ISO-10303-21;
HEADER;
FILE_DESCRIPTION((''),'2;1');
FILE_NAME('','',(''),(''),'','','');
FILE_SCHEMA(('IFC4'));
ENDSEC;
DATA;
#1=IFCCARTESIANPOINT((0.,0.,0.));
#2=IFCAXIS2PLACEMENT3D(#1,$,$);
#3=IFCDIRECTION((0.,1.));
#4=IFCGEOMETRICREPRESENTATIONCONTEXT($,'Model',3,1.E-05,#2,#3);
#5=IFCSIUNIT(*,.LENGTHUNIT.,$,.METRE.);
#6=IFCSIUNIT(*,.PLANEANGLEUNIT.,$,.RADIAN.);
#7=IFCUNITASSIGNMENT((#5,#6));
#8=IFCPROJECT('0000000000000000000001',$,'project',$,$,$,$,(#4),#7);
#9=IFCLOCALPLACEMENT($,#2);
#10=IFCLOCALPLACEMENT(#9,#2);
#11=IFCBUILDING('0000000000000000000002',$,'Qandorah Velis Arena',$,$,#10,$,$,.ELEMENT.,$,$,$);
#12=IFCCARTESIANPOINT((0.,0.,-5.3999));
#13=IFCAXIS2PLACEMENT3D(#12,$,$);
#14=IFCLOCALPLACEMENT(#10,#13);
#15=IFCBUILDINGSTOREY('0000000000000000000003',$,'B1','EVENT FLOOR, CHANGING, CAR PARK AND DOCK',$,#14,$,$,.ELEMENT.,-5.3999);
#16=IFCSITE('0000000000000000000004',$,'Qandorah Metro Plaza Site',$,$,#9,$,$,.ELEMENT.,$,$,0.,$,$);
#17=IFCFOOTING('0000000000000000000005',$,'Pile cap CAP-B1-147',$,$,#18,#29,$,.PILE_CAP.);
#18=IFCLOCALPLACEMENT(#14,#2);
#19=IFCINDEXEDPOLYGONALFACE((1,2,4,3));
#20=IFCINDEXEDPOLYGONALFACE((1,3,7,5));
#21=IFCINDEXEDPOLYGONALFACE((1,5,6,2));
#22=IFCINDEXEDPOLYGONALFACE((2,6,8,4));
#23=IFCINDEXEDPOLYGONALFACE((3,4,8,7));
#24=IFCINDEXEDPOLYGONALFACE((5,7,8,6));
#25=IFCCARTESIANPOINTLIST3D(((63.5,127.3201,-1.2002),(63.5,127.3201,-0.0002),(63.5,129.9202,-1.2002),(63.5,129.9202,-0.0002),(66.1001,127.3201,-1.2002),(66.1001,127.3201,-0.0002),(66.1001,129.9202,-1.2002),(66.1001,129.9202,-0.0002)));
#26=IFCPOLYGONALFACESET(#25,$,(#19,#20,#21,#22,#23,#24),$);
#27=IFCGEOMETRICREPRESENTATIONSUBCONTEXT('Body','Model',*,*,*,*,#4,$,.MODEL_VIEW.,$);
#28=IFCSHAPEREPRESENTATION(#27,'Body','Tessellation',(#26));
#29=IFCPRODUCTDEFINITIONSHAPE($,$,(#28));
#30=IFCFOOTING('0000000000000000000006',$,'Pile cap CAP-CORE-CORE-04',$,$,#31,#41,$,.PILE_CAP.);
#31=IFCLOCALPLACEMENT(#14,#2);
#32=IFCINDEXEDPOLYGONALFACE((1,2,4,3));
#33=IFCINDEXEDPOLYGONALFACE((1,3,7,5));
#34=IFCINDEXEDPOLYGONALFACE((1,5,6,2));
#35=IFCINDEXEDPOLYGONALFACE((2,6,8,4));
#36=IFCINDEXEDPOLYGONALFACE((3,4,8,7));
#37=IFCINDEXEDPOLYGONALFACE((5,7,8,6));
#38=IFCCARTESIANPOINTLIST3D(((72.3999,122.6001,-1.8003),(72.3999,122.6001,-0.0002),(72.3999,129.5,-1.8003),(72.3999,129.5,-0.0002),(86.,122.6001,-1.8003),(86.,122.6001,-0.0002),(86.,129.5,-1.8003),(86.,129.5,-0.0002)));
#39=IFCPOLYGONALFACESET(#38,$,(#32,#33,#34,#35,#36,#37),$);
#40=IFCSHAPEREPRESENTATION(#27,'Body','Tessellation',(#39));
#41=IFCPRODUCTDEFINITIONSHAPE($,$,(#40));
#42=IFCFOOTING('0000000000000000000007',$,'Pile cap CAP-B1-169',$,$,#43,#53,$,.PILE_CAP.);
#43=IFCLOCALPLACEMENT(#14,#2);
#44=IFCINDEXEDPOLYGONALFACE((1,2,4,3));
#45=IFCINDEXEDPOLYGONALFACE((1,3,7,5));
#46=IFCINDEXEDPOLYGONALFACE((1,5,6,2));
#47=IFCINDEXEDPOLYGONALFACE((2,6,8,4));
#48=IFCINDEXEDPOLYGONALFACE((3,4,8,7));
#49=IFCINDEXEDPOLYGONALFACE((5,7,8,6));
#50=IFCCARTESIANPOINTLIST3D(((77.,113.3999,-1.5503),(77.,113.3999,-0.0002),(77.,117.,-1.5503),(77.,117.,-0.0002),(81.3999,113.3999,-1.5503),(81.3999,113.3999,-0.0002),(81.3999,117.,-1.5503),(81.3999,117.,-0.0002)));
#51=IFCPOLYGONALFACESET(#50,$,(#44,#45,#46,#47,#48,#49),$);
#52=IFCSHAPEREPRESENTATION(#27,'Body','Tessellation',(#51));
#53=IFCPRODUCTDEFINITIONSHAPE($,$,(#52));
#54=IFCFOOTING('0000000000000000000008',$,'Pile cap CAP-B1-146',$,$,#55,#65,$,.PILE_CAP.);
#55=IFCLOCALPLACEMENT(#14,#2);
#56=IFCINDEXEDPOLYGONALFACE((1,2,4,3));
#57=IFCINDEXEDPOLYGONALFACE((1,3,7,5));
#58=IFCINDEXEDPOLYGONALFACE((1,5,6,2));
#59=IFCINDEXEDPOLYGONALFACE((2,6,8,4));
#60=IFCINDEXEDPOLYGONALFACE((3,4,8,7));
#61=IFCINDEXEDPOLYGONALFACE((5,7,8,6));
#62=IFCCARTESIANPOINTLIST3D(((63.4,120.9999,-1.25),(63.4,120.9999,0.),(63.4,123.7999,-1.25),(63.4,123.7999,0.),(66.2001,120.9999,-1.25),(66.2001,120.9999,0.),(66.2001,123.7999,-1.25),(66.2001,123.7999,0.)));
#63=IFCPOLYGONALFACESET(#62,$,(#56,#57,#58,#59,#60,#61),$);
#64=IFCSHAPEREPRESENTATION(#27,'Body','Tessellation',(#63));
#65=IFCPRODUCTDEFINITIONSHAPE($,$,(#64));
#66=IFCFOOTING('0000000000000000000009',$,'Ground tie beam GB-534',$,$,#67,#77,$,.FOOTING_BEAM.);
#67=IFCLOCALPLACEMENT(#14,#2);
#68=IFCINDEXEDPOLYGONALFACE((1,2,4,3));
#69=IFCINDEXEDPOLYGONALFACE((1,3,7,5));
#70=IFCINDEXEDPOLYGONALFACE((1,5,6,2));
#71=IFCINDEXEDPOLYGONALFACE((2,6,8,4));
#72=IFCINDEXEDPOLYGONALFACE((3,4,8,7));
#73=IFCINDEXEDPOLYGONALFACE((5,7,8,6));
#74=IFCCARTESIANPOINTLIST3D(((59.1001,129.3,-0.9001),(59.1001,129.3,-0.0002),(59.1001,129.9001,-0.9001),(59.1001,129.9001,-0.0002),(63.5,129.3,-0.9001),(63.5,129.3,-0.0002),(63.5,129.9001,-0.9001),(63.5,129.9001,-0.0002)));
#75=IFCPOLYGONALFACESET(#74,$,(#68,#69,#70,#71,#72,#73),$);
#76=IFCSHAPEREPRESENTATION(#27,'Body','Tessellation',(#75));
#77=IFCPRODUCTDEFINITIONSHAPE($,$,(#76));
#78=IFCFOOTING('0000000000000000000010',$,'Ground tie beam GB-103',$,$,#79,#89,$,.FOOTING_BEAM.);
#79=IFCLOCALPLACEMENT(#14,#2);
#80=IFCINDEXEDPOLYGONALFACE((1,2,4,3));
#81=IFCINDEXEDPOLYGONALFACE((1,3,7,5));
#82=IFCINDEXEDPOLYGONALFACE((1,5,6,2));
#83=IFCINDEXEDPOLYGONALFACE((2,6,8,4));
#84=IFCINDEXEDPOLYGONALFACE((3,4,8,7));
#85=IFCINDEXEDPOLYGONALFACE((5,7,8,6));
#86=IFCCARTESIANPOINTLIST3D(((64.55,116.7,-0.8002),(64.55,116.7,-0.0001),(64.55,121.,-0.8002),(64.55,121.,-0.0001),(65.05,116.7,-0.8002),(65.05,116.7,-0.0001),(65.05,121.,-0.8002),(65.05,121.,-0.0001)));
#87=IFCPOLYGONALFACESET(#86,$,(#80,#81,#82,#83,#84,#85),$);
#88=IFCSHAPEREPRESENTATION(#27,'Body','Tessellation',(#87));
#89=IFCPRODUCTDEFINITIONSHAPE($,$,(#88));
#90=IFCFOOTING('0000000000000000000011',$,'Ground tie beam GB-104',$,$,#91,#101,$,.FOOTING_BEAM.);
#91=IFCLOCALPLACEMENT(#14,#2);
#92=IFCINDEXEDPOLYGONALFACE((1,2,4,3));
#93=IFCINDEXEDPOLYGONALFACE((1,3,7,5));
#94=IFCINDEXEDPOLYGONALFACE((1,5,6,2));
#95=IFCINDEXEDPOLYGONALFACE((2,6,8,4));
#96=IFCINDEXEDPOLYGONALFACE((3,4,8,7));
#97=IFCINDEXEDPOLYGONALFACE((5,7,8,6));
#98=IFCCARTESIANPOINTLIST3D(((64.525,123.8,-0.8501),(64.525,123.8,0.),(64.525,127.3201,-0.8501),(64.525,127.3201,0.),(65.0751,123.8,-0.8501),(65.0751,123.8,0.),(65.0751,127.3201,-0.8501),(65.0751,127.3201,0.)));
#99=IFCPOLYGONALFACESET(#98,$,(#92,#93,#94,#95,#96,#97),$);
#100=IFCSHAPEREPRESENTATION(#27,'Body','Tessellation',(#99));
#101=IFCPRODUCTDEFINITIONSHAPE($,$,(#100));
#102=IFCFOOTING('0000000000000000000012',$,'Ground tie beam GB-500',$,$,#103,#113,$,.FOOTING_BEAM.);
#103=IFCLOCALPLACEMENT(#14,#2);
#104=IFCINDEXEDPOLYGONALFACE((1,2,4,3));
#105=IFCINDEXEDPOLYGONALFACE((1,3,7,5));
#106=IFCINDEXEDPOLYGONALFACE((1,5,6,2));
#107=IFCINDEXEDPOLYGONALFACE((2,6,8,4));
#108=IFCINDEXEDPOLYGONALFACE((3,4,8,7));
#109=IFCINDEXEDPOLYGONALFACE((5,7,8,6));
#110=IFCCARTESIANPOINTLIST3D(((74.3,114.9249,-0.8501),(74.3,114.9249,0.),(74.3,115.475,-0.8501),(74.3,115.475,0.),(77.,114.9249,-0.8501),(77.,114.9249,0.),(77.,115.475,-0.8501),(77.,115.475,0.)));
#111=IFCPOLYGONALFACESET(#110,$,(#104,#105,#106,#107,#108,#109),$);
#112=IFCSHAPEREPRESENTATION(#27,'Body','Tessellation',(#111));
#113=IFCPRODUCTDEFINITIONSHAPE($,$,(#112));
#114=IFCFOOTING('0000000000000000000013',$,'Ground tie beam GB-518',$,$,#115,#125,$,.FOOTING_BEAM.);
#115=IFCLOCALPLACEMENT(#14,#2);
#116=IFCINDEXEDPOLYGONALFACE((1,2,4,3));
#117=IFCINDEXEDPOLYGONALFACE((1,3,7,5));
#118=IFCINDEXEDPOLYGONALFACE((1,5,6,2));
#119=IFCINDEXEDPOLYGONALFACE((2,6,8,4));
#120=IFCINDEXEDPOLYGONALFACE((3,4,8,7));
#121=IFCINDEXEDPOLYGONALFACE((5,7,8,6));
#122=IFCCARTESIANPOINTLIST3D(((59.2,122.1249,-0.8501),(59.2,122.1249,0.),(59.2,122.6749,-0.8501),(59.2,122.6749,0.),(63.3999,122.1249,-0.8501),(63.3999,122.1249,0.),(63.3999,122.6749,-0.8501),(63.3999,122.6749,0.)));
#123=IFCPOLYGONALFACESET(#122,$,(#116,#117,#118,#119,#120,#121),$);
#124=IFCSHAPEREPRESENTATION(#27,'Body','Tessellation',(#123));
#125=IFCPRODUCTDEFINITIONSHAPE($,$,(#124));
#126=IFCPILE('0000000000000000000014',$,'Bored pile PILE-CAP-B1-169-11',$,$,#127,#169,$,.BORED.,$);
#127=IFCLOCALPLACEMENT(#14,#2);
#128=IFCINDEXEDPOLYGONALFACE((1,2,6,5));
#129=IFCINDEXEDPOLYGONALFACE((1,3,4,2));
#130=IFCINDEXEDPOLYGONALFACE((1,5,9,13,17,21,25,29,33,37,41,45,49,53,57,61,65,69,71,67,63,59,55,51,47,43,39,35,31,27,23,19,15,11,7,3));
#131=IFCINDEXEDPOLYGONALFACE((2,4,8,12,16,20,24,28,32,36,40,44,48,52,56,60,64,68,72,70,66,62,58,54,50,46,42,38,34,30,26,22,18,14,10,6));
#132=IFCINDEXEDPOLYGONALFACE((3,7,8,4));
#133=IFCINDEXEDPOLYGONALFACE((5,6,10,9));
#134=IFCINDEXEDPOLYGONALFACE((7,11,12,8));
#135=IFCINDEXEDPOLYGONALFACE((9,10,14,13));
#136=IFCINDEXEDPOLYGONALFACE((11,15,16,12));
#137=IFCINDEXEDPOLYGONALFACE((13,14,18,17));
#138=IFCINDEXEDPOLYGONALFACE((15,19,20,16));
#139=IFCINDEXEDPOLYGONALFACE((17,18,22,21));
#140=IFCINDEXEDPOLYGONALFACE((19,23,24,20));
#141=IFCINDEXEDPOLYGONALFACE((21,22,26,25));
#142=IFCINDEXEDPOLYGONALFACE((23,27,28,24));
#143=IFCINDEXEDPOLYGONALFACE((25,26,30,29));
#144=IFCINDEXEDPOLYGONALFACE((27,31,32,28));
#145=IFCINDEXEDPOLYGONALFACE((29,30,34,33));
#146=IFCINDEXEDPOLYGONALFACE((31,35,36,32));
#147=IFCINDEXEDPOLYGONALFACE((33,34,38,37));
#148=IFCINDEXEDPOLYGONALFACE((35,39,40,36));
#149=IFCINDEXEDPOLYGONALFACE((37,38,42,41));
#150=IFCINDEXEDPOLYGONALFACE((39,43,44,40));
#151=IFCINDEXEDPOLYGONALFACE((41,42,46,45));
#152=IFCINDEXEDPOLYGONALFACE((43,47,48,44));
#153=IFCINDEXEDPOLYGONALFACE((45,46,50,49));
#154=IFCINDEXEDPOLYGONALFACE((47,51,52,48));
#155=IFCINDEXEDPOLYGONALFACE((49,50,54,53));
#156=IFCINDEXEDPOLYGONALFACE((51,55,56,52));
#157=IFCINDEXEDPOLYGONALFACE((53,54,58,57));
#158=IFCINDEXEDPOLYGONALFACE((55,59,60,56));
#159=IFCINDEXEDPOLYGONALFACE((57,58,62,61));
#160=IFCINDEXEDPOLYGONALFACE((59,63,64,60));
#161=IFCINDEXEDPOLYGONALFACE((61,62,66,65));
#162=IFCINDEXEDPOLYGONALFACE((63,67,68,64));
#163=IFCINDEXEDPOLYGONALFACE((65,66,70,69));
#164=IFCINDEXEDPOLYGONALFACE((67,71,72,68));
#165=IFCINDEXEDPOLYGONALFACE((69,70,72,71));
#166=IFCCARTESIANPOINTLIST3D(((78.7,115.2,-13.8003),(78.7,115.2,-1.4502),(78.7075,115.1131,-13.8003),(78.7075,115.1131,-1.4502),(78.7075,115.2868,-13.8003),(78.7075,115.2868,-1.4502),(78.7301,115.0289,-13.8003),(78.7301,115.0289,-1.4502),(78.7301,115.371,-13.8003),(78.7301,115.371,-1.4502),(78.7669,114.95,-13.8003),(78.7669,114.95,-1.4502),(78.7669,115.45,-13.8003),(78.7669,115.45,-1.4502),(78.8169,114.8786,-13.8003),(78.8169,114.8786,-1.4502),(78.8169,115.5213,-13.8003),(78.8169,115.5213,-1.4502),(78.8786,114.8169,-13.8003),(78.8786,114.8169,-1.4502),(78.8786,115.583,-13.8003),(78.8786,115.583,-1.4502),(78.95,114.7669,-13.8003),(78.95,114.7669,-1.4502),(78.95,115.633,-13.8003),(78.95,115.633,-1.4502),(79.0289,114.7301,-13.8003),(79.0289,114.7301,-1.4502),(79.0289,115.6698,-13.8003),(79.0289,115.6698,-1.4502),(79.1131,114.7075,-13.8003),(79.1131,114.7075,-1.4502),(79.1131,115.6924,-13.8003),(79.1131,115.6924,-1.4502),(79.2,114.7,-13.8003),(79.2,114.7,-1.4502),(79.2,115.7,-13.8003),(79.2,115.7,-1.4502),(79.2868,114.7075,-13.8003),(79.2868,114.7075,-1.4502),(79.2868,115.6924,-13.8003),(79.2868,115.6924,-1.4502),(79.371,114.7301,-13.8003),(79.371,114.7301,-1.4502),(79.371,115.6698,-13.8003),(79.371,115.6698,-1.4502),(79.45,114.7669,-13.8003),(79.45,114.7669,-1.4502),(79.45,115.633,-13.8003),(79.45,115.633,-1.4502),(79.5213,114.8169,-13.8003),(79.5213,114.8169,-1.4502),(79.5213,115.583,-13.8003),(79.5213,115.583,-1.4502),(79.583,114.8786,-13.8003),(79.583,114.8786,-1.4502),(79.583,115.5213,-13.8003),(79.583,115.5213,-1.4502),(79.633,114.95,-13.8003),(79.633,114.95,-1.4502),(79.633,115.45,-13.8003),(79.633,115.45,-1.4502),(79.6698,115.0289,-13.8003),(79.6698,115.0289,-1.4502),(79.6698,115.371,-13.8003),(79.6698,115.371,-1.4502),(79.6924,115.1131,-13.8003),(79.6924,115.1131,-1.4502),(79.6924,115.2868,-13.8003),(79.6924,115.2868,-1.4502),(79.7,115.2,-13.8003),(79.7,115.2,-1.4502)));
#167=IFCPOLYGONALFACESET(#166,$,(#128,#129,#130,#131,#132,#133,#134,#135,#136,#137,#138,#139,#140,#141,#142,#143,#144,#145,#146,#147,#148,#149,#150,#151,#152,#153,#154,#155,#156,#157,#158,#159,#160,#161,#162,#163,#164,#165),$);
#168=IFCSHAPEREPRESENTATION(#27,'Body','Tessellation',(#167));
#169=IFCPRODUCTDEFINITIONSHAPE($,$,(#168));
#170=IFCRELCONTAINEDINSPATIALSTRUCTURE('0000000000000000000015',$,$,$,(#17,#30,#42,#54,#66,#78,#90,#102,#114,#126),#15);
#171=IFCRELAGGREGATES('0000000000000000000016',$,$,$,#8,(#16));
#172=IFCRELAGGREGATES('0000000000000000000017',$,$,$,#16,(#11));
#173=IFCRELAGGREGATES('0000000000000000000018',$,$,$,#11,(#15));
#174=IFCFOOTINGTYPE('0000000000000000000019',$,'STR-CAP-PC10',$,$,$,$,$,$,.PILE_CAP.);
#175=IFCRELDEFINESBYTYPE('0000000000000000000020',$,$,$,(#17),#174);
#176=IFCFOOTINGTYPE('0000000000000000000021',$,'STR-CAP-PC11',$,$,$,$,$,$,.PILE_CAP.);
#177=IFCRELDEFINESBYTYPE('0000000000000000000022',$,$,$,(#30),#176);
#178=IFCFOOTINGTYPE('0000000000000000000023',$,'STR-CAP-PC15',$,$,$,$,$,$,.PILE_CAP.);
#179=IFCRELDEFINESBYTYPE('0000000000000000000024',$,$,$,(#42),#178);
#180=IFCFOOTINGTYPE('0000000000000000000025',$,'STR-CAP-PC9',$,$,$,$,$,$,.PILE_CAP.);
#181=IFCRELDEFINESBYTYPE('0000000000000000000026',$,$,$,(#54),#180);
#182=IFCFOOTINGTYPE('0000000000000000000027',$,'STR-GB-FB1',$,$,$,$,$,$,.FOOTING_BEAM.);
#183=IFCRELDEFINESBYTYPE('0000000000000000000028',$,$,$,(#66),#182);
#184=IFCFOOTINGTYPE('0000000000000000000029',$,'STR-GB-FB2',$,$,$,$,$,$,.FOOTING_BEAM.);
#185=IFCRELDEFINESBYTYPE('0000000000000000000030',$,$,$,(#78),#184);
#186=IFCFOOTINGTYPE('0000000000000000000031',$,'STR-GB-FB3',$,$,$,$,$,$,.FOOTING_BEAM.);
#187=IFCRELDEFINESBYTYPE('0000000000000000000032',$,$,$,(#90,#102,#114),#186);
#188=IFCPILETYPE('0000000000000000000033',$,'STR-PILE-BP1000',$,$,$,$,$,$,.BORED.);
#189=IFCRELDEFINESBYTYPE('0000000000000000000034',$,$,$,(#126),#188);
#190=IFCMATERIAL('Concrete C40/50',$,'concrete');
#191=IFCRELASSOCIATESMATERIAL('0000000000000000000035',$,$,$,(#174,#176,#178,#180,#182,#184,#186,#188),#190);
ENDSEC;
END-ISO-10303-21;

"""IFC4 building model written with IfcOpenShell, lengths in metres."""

from ifc_helpers import new_model, si_unit, direction, frame, origin, origin_2d, place, context, subcontext, project, spatial, rectangle, circle, extrude, material, material_profile, profile_set, type_object, element, save


model = new_model("IFC4")

# Units and contexts
model_context = context("Model", 3, precision=1e-05, world=origin(), true_north=direction((0.0, 1.0)))
body_context = subcontext(model_context, "Body", "Model", "MODEL_VIEW")
ifc_project = project(units=[si_unit("LENGTHUNIT", "METRE"), si_unit("PLANEANGLEUNIT", "RADIAN")], contexts=[model_context])

# Site, building, storey
site_placement = place(None, origin())
site = spatial("IfcSite", under=ifc_project, at=site_placement, Name="Qandorah Metro Plaza Site", CompositionType="ELEMENT", RefElevation=0.0)
building_placement = place(site_placement, origin())
building = spatial("IfcBuilding", under=site, at=building_placement, Name="Qandorah Velis Arena", CompositionType="ELEMENT")
storey_placement = place(building_placement, frame((0.0, 0.0, -5.3999)))
storey = spatial("IfcBuildingStorey", under=building, at=storey_placement, Name="B1", Description="EVENT FLOOR, CHANGING, CAR PARK AND DOCK", CompositionType="ELEMENT", Elevation=-5.3999)

# Footings
ifc_material_1 = material(Name="Concrete C40/50", Category="concrete")
footing_type_1 = type_object("IfcFootingType", Name="STR-CAP-PC10", PredefinedType="PILE_CAP", material=ifc_material_1)
footing_1_placement = place(storey_placement, frame((64.8, 128.6201, -1.2002), z_axis=(0.0, 0.0, 1.0), x_axis=(1.0, 0.0, 0.0)))
element("IfcFooting", 1, at=footing_1_placement, inside=storey, type_object=footing_type_1, Name="Pile cap CAP-B1-147", PredefinedType="PILE_CAP", context=body_context, shape_type="SweptSolid", body=[
    extrude(rectangle(XDim=2.6001, YDim=2.6001, at=origin_2d()), origin(), (0.0, 0.0, 1.0), 1.2),
])
footing_type_2 = type_object("IfcFootingType", Name="STR-CAP-PC11", PredefinedType="PILE_CAP", material=ifc_material_1)
footing_2_placement = place(storey_placement, frame((79.2, 126.05, -1.8003), z_axis=(0.0, 0.0, 1.0), x_axis=(1.0, 0.0, 0.0)))
element("IfcFooting", 2, at=footing_2_placement, inside=storey, type_object=footing_type_2, Name="Pile cap CAP-CORE-CORE-04", PredefinedType="PILE_CAP", context=body_context, shape_type="SweptSolid", body=[
    extrude(rectangle(XDim=13.6001, YDim=6.8999, at=origin_2d()), origin(), (0.0, 0.0, 1.0), 1.8),
])
footing_type_3 = type_object("IfcFootingType", Name="STR-CAP-PC15", PredefinedType="PILE_CAP", material=ifc_material_1)
footing_3_placement = place(storey_placement, frame((79.2, 115.2, -1.5503), z_axis=(0.0, 0.0, 1.0), x_axis=(1.0, 0.0, 0.0)))
element("IfcFooting", 3, at=footing_3_placement, inside=storey, type_object=footing_type_3, Name="Pile cap CAP-B1-169", PredefinedType="PILE_CAP", context=body_context, shape_type="SweptSolid", body=[
    extrude(rectangle(XDim=4.3999, YDim=3.6001, at=origin_2d()), origin(), (0.0, 0.0, 1.0), 1.55),
])
footing_type_4 = type_object("IfcFootingType", Name="STR-CAP-PC9", PredefinedType="PILE_CAP", material=ifc_material_1)
footing_4_placement = place(storey_placement, frame((64.8, 122.3999, -1.25), z_axis=(0.0, 0.0, 1.0), x_axis=(1.0, 0.0, 0.0)))
element("IfcFooting", 4, at=footing_4_placement, inside=storey, type_object=footing_type_4, Name="Pile cap CAP-B1-146", PredefinedType="PILE_CAP", context=body_context, shape_type="SweptSolid", body=[
    extrude(rectangle(XDim=2.8, YDim=2.8, at=origin_2d()), origin(), (0.0, 0.0, 1.0), 1.25),
])
ifc_material_profile_1 = material_profile(ifc_material_1, rectangle(XDim=0.6001, YDim=0.8999, at=origin_2d()), Name="GB1 600x900")
ifc_profile_set_1 = profile_set([ifc_material_profile_1], Name="Concrete C40/50")
footing_type_5 = type_object("IfcFootingType", Name="STR-GB-FB1", PredefinedType="FOOTING_BEAM", material=ifc_profile_set_1)
footing_5_placement = place(storey_placement, frame((59.1001, 129.6001, -0.4502), z_axis=(1.0, 0.0, 0.0), x_axis=(0.0, 1.0, 0.0)))
element("IfcFooting", 5, at=footing_5_placement, inside=storey, type_object=footing_type_5, Name="Ground tie beam GB-534", PredefinedType="FOOTING_BEAM", context=body_context, shape_type="SweptSolid", body=[
    extrude(rectangle(XDim=0.6001, YDim=0.8999, at=origin_2d()), origin(), (0.0, 0.0, 1.0), 4.3999),
])
ifc_material_profile_2 = material_profile(ifc_material_1, rectangle(XDim=0.5, YDim=0.8, at=origin_2d()), Name="GB2 500x800")
ifc_profile_set_2 = profile_set([ifc_material_profile_2], Name="Concrete C40/50")
footing_type_6 = type_object("IfcFootingType", Name="STR-GB-FB2", PredefinedType="FOOTING_BEAM", material=ifc_profile_set_2)
footing_6_placement = place(storey_placement, frame((64.8, 116.7, -0.4001), z_axis=(0.0, 1.0, 0.0), x_axis=(-1.0, 0.0, 0.0)))
element("IfcFooting", 6, at=footing_6_placement, inside=storey, type_object=footing_type_6, Name="Ground tie beam GB-103", PredefinedType="FOOTING_BEAM", context=body_context, shape_type="SweptSolid", body=[
    extrude(rectangle(XDim=0.5, YDim=0.8, at=origin_2d()), origin(), (0.0, 0.0, 1.0), 4.3),
])
ifc_material_profile_3 = material_profile(ifc_material_1, rectangle(XDim=0.55, YDim=0.8501, at=origin_2d()), Name="GB3 550x850")
ifc_profile_set_3 = profile_set([ifc_material_profile_3], Name="Concrete C40/50")
footing_type_7 = type_object("IfcFootingType", Name="STR-GB-FB3", PredefinedType="FOOTING_BEAM", material=ifc_profile_set_3)
footing_7_placement = place(storey_placement, frame((64.8, 123.8, -0.425), z_axis=(0.0, 1.0, 0.0), x_axis=(-1.0, 0.0, 0.0)))
element("IfcFooting", 7, at=footing_7_placement, inside=storey, type_object=footing_type_7, Name="Ground tie beam GB-104", PredefinedType="FOOTING_BEAM", context=body_context, shape_type="SweptSolid", body=[
    extrude(rectangle(XDim=0.55, YDim=0.8501, at=origin_2d()), origin(), (0.0, 0.0, 1.0), 3.52),
])
footing_8_placement = place(storey_placement, frame((74.3, 115.2, -0.425), z_axis=(1.0, 0.0, 0.0), x_axis=(0.0, 1.0, 0.0)))
element("IfcFooting", 8, at=footing_8_placement, inside=storey, type_object=footing_type_7, Name="Ground tie beam GB-500", PredefinedType="FOOTING_BEAM", context=body_context, shape_type="SweptSolid", body=[
    extrude(rectangle(XDim=0.55, YDim=0.8501, at=origin_2d()), origin(), (0.0, 0.0, 1.0), 2.7),
])
footing_9_placement = place(storey_placement, frame((59.2, 122.3999, -0.425), z_axis=(1.0, 0.0, 0.0), x_axis=(0.0, 1.0, 0.0)))
element("IfcFooting", 9, at=footing_9_placement, inside=storey, type_object=footing_type_7, Name="Ground tie beam GB-518", PredefinedType="FOOTING_BEAM", context=body_context, shape_type="SweptSolid", body=[
    extrude(rectangle(XDim=0.55, YDim=0.8501, at=origin_2d()), origin(), (0.0, 0.0, 1.0), 4.2),
])

# Pile
ifc_material_profile_4 = material_profile(ifc_material_1, circle(Radius=0.5, at=origin_2d()), Name="BORED PILE D1000")
ifc_profile_set_4 = profile_set([ifc_material_profile_4], Name="Concrete C40/50")
pile_type_1 = type_object("IfcPileType", Name="STR-PILE-BP1000", PredefinedType="BORED", material=ifc_profile_set_4)
pile_1_placement = place(storey_placement, frame((79.2, 115.2, -1.4502), z_axis=(0.0, 0.0, -1.0), x_axis=(1.0, 0.0, 0.0)))
element("IfcPile", 10, at=pile_1_placement, inside=storey, type_object=pile_type_1, Name="Bored pile PILE-CAP-B1-169-11", PredefinedType="BORED", context=body_context, shape_type="SweptSolid", body=[
    extrude(circle(Radius=0.5, at=origin_2d()), origin(), (0.0, 0.0, 1.0), 12.3501),
])

save(model, "model.ifc")
